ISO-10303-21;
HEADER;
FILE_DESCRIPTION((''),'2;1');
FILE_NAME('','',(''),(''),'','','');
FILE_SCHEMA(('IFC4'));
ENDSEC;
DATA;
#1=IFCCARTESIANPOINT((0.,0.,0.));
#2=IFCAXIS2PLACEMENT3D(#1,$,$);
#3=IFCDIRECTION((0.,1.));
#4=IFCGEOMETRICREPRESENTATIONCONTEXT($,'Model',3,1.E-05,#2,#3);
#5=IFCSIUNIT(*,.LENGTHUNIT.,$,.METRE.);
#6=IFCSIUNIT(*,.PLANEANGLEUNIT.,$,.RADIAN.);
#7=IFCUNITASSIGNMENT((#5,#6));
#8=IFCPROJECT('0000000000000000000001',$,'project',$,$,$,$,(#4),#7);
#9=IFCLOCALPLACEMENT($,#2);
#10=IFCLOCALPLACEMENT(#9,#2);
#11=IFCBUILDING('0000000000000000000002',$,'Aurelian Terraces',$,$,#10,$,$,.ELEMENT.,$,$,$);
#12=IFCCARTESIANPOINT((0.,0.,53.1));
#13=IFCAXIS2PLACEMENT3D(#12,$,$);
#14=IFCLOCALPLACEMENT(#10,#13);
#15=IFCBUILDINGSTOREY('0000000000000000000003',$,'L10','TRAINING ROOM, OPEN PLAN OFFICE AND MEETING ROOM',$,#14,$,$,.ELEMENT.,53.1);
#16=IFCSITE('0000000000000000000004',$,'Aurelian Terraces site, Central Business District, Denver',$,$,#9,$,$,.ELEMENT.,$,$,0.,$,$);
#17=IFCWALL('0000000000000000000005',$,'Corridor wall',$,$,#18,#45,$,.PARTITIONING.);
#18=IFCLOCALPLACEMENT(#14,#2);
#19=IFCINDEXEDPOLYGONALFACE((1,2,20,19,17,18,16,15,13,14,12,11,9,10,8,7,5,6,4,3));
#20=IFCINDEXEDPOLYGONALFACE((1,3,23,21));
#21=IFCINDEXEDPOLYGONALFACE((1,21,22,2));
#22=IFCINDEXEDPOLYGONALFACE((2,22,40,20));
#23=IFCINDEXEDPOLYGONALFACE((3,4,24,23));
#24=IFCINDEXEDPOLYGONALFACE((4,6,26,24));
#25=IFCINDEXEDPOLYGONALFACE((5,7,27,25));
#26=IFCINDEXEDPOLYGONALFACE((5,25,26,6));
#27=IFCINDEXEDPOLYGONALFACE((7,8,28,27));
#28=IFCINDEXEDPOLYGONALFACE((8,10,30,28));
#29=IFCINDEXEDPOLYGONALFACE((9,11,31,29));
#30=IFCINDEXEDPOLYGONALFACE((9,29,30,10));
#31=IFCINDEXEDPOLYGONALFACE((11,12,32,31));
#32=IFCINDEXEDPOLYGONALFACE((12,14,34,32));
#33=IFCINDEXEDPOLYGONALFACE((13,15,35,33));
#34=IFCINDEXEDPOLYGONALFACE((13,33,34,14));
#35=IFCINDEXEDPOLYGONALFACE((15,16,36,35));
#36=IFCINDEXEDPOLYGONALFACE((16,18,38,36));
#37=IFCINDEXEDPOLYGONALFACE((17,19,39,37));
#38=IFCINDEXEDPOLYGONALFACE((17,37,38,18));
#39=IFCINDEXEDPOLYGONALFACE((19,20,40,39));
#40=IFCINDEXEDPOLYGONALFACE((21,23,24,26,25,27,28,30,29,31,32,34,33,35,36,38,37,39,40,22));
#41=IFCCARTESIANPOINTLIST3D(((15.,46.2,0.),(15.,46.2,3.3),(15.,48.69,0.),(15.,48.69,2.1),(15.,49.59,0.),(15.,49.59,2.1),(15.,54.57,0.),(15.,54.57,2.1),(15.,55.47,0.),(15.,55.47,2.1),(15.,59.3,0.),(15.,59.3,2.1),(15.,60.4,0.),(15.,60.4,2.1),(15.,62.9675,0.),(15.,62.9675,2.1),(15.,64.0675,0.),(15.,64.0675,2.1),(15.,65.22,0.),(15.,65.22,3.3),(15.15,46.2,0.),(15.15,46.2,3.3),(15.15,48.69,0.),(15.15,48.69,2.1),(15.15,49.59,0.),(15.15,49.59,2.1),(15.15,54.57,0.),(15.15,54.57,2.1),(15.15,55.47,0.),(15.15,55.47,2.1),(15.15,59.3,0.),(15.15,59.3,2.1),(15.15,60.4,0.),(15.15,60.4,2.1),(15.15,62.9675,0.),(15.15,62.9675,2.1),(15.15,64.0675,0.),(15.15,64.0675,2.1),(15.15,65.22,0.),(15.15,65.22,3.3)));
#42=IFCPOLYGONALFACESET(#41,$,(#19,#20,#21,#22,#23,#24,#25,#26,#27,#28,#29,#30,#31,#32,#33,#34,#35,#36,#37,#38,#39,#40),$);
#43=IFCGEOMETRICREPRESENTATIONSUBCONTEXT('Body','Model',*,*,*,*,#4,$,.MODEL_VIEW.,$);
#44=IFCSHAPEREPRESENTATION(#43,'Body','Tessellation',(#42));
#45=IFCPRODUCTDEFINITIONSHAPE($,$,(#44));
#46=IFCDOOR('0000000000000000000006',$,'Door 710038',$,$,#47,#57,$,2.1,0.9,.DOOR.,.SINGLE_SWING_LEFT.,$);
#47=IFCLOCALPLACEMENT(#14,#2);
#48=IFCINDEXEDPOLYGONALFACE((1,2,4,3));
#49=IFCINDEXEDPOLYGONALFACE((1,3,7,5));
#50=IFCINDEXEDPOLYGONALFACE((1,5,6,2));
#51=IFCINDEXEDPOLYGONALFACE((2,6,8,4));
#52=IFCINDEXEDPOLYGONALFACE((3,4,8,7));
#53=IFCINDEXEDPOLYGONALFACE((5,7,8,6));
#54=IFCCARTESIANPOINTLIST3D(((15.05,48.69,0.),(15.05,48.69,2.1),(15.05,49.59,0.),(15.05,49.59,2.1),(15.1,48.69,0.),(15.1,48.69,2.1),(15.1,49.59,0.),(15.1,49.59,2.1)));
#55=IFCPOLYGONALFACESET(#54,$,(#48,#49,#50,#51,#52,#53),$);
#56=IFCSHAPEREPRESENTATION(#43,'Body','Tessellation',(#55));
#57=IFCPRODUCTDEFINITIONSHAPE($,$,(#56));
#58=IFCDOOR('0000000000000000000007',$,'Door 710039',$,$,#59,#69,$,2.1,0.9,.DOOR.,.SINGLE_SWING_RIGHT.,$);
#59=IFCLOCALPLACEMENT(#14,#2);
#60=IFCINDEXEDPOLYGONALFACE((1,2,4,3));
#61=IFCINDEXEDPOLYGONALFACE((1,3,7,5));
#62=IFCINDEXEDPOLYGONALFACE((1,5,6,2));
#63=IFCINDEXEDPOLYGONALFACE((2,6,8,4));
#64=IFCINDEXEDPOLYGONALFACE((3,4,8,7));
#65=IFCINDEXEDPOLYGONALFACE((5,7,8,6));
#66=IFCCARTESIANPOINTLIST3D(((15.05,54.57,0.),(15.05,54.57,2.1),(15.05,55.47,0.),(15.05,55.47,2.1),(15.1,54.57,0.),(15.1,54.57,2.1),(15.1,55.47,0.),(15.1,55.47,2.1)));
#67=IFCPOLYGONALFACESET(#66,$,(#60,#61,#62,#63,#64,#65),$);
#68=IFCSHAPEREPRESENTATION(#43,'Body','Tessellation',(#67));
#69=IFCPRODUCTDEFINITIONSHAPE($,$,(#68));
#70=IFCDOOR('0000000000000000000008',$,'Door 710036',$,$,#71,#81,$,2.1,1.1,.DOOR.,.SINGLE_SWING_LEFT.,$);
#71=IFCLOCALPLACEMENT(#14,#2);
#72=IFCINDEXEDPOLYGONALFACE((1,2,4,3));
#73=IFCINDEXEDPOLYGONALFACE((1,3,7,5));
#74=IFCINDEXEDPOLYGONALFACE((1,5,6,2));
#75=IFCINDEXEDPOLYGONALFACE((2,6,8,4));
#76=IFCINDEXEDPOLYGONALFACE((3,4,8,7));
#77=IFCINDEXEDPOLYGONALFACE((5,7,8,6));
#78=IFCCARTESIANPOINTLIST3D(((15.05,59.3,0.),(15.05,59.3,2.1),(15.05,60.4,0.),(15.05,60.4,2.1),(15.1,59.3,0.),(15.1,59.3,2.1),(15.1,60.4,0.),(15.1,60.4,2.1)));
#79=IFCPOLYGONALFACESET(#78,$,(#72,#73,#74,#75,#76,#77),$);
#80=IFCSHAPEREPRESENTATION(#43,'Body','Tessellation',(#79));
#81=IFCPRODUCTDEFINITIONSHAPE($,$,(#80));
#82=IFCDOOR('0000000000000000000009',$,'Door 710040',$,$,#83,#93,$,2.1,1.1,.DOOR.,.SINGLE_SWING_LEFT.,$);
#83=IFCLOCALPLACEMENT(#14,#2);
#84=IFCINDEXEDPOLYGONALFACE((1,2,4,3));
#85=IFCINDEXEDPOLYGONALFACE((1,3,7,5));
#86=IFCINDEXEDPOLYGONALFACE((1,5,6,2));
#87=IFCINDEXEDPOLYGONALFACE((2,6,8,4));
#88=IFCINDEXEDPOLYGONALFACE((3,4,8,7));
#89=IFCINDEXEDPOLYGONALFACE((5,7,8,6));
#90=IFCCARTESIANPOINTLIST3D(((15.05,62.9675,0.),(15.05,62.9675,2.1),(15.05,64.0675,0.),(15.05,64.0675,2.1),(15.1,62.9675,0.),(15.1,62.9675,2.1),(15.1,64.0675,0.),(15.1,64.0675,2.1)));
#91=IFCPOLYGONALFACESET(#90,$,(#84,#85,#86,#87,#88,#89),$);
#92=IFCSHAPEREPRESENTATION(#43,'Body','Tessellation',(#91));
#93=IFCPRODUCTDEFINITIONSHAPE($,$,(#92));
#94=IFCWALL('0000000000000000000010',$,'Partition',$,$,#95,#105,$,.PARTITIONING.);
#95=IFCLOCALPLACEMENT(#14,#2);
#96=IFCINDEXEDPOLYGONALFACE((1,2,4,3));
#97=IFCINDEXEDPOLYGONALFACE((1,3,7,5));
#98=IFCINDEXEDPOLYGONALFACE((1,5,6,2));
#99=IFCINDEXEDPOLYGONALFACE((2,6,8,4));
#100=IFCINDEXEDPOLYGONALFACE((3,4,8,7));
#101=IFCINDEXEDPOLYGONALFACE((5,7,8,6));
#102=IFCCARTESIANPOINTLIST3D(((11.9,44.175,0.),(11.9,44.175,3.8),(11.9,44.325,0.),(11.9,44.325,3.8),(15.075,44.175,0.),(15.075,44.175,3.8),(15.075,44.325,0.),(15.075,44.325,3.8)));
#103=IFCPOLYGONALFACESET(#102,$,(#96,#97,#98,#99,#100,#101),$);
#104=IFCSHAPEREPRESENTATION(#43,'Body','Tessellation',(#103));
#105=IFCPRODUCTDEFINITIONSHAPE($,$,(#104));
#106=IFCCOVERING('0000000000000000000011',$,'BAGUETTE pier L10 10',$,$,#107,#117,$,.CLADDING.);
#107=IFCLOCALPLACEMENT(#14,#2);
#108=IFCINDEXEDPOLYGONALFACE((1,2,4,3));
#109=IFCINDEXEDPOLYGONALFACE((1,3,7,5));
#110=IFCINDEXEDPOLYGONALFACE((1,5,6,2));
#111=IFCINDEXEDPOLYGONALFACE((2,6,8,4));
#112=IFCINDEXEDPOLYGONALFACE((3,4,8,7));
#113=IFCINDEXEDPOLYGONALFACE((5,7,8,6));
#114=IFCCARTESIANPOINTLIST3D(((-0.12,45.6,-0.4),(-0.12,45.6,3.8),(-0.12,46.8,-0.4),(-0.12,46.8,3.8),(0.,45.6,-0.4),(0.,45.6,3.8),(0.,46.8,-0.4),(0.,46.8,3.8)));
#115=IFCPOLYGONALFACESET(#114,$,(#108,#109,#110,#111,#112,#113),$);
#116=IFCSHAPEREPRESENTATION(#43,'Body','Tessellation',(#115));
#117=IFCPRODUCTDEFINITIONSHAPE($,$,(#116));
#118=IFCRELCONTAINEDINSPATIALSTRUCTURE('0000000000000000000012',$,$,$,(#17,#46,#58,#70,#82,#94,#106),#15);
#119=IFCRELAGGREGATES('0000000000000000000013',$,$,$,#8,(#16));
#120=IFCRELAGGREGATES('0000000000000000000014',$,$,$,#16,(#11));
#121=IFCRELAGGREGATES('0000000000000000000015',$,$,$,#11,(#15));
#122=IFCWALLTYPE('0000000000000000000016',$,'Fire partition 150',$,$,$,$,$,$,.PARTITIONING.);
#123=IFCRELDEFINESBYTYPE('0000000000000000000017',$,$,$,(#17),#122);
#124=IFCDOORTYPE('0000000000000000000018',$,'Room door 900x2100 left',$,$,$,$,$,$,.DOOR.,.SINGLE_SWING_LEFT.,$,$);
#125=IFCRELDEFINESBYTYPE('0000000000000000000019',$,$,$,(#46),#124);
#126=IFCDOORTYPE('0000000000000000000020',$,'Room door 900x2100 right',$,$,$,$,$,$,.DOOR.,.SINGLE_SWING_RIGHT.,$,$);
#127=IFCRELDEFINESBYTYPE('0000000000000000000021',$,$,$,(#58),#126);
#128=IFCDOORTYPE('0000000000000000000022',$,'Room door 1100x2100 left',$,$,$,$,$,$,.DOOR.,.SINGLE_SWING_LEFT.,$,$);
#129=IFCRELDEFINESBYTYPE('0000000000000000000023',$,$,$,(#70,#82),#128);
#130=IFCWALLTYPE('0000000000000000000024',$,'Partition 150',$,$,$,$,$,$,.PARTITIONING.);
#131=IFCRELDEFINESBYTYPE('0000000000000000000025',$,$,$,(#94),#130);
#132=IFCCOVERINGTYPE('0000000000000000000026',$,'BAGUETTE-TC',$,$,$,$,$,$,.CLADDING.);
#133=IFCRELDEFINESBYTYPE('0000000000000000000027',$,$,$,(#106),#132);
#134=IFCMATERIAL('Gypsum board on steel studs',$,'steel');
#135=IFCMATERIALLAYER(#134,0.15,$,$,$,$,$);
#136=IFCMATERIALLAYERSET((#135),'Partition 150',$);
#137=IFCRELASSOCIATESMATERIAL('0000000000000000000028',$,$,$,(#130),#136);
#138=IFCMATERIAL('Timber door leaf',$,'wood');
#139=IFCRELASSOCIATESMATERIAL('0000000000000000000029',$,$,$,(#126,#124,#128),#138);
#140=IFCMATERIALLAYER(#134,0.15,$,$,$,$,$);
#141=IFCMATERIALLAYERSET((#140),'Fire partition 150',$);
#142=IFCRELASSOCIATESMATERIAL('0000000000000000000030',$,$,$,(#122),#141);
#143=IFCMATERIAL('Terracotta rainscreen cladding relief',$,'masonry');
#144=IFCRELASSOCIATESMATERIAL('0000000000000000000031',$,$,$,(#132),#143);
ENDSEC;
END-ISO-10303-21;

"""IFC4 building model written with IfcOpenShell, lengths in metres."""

from ifc_helpers import new_model, si_unit, direction, frame, frame_2d, origin, origin_2d, place, context, subcontext, project, spatial, rectangle, extrude, source, transform, mapped, material, layer, layer_set, type_object, element, fill, save


model = new_model("IFC4")

# Units and contexts
model_context = context("Model", 3, precision=1e-05, world=origin(), true_north=direction((0.0, 1.0)))
body_context = subcontext(model_context, "Body", "Model", "MODEL_VIEW")
ifc_project = project(units=[si_unit("LENGTHUNIT", "METRE"), si_unit("PLANEANGLEUNIT", "RADIAN")], contexts=[model_context])

# Site, building, storey
site_placement = place(None, origin())
site = spatial("IfcSite", under=ifc_project, at=site_placement, Name="Aurelian Terraces site, Central Business District, Denver", CompositionType="ELEMENT", RefElevation=0.0)
building_placement = place(site_placement, origin())
building = spatial("IfcBuilding", under=site, at=building_placement, Name="Aurelian Terraces", CompositionType="ELEMENT")
storey_placement = place(building_placement, frame((0.0, 0.0, 53.1)))
storey = spatial("IfcBuildingStorey", under=building, at=storey_placement, Name="L10", Description="TRAINING ROOM, OPEN PLAN OFFICE AND MEETING ROOM", CompositionType="ELEMENT", Elevation=53.1)

# Shared definitions
ifc_material_1 = material(Name="Gypsum board on steel studs", Category="steel")
ifc_layer_1 = layer(ifc_material_1, 0.15)
ifc_layer_set_1 = layer_set([ifc_layer_1], Name="Partition 150")
wall_type_1 = type_object("IfcWallType", Name="Partition 150", PredefinedType="PARTITIONING", material=ifc_layer_set_1)

# Shared definitions
shared_shape_1 = source(origin(), body_context, "Body", "SweptSolid", [
    extrude(rectangle(XDim=0.9, YDim=2.1, at=frame_2d((0.45, 1.05))), frame((0.0, 0.085, 0.0), z_axis=(0.0, -1.0, 0.0), x_axis=(1.0, 0.0, 0.0)), (0.0, 0.0, 1.0), 0.17),
])
ifc_material_2 = material(Name="Timber door leaf", Category="wood")
door_type_1 = type_object("IfcDoorType", Name="Room door 900x2100 right", OperationType="SINGLE_SWING_RIGHT", PredefinedType="DOOR", material=ifc_material_2)
shared_shape_2 = source(origin(), body_context, "Body", "SweptSolid", [
    extrude(rectangle(XDim=0.9, YDim=2.1, at=frame_2d((0.45, 1.05))), frame((0.0, 0.025, 0.0), z_axis=(0.0, -1.0, 0.0), x_axis=(1.0, 0.0, 0.0)), (0.0, 0.0, 1.0), 0.05),
])

# Wall, openings, doors
shared_shape_3 = source(origin(), body_context, "Body", "SweptSolid", [
    extrude(rectangle(XDim=19.02, YDim=0.15, at=frame_2d((9.51, 0.0))), origin(), (0.0, 0.0, 1.0), 3.3),
])
shared_shape_4 = source(origin(), body_context, "Body", "SweptSolid", [
    extrude(rectangle(XDim=1.1, YDim=2.1, at=frame_2d((0.55, 1.05))), frame((0.0, 0.085, 0.0), z_axis=(0.0, -1.0, 0.0), x_axis=(1.0, 0.0, 0.0)), (0.0, 0.0, 1.0), 0.17),
])
shared_shape_5 = source(origin(), body_context, "Body", "SweptSolid", [
    extrude(rectangle(XDim=1.1, YDim=2.1, at=frame_2d((0.55, 1.05))), frame((0.0, 0.025, 0.0), z_axis=(0.0, -1.0, 0.0), x_axis=(1.0, 0.0, 0.0)), (0.0, 0.0, 1.0), 0.05),
])
ifc_layer_2 = layer(ifc_material_1, 0.15)
ifc_layer_set_2 = layer_set([ifc_layer_2], Name="Fire partition 150")
wall_type_2 = type_object("IfcWallType", Name="Fire partition 150", PredefinedType="PARTITIONING", material=ifc_layer_set_2)
wall_1_placement = place(storey_placement, frame((15.075, 46.2, 0.0), z_axis=(0.0, 0.0, 1.0), x_axis=(0.0, 1.0, 0.0)))
wall_1 = element("IfcWall", 1, at=wall_1_placement, inside=storey, type_object=wall_type_2, Name="Corridor wall", PredefinedType="PARTITIONING", context=body_context, shape_type="MappedRepresentation", body=[
    mapped(shared_shape_3, transform((0.0, 0.0, 0.0), scale=1.0)),
])
opening_1_placement = place(wall_1_placement, frame((13.1, 0.0, 0.0)))
opening_1 = element("IfcOpeningElement", 2, at=opening_1_placement, cuts=wall_1, PredefinedType="OPENING", context=body_context, shape_type="MappedRepresentation", body=[
    mapped(shared_shape_4, transform((0.0, 0.0, 0.0), scale=1.0)),
])
opening_2_placement = place(wall_1_placement, frame((2.49, 0.0, 0.0)))
opening_2 = element("IfcOpeningElement", 3, at=opening_2_placement, cuts=wall_1, PredefinedType="OPENING", context=body_context, shape_type="MappedRepresentation", body=[
    mapped(shared_shape_1, transform((0.0, 0.0, 0.0), scale=1.0)),
])
opening_3_placement = place(wall_1_placement, frame((8.37, 0.0, 0.0)))
opening_3 = element("IfcOpeningElement", 4, at=opening_3_placement, cuts=wall_1, PredefinedType="OPENING", context=body_context, shape_type="MappedRepresentation", body=[
    mapped(shared_shape_1, transform((0.0, 0.0, 0.0), scale=1.0)),
])
opening_4_placement = place(wall_1_placement, frame((16.7675, 0.0, 0.0)))
opening_4 = element("IfcOpeningElement", 5, at=opening_4_placement, cuts=wall_1, PredefinedType="OPENING", context=body_context, shape_type="MappedRepresentation", body=[
    mapped(shared_shape_4, transform((0.0, 0.0, 0.0), scale=1.0)),
])
door_type_2 = type_object("IfcDoorType", Name="Room door 900x2100 left", OperationType="SINGLE_SWING_LEFT", PredefinedType="DOOR", material=ifc_material_2)
door_1_placement = place(opening_2_placement, origin())
door_1 = element("IfcDoor", 6, at=door_1_placement, inside=storey, type_object=door_type_2, Name="Door 710038", OperationType="SINGLE_SWING_LEFT", OverallHeight=2.1, OverallWidth=0.9, PredefinedType="DOOR", context=body_context, shape_type="MappedRepresentation", body=[
    mapped(shared_shape_2, transform((0.0, 0.0, 0.0), scale=1.0)),
])
fill(opening_2, door_1)
door_2_placement = place(opening_3_placement, origin())
door_2 = element("IfcDoor", 7, at=door_2_placement, inside=storey, type_object=door_type_1, Name="Door 710039", OperationType="SINGLE_SWING_RIGHT", OverallHeight=2.1, OverallWidth=0.9, PredefinedType="DOOR", context=body_context, shape_type="MappedRepresentation", body=[
    mapped(shared_shape_2, transform((0.0, 0.0, 0.0), scale=1.0)),
])
fill(opening_3, door_2)
door_type_3 = type_object("IfcDoorType", Name="Room door 1100x2100 left", OperationType="SINGLE_SWING_LEFT", PredefinedType="DOOR", material=ifc_material_2)
door_3_placement = place(opening_1_placement, origin())
door_3 = element("IfcDoor", 8, at=door_3_placement, inside=storey, type_object=door_type_3, Name="Door 710036", OperationType="SINGLE_SWING_LEFT", OverallHeight=2.1, OverallWidth=1.1, PredefinedType="DOOR", context=body_context, shape_type="MappedRepresentation", body=[
    mapped(shared_shape_5, transform((0.0, 0.0, 0.0), scale=1.0)),
])
fill(opening_1, door_3)
door_4_placement = place(opening_4_placement, origin())
door_4 = element("IfcDoor", 9, at=door_4_placement, inside=storey, type_object=door_type_3, Name="Door 710040", OperationType="SINGLE_SWING_LEFT", OverallHeight=2.1, OverallWidth=1.1, PredefinedType="DOOR", context=body_context, shape_type="MappedRepresentation", body=[
    mapped(shared_shape_5, transform((0.0, 0.0, 0.0), scale=1.0)),
])
fill(opening_4, door_4)

# Wall
shared_shape_6 = source(origin(), body_context, "Body", "SweptSolid", [
    extrude(rectangle(XDim=3.175, YDim=0.15, at=frame_2d((1.5875, 0.0))), origin(), (0.0, 0.0, 1.0), 3.8),
])
wall_2_placement = place(storey_placement, frame((15.075, 44.25, 0.0), z_axis=(0.0, 0.0, 1.0), x_axis=(-1.0, 0.0, 0.0)))
element("IfcWall", 10, at=wall_2_placement, inside=storey, type_object=wall_type_1, Name="Partition", PredefinedType="PARTITIONING", context=body_context, shape_type="MappedRepresentation", body=[
    mapped(shared_shape_6, transform((0.0, 0.0, 0.0), scale=1.0)),
])

# Covering
ifc_material_3 = material(Name="Terracotta rainscreen cladding relief", Category="masonry")
covering_type = type_object("IfcCoveringType", Name="BAGUETTE-TC", PredefinedType="CLADDING", material=ifc_material_3)
shared_shape_7 = source(origin(), body_context, "Body", "SweptSolid", [
    extrude(rectangle(XDim=0.12, YDim=1.2, at=origin_2d()), origin(), (0.0, 0.0, 1.0), 4.2),
])
covering_placement = place(storey_placement, frame((-0.06, 46.2, -0.4), z_axis=(0.0, 0.0, 1.0), x_axis=(1.0, 0.0, 0.0)))
element("IfcCovering", 11, at=covering_placement, inside=storey, type_object=covering_type, Name="BAGUETTE pier L10 10", PredefinedType="CLADDING", context=body_context, shape_type="MappedRepresentation", body=[
    mapped(shared_shape_7, transform((0.0, 0.0, 0.0), scale=1.0)),
])

save(model, "model.ifc")
